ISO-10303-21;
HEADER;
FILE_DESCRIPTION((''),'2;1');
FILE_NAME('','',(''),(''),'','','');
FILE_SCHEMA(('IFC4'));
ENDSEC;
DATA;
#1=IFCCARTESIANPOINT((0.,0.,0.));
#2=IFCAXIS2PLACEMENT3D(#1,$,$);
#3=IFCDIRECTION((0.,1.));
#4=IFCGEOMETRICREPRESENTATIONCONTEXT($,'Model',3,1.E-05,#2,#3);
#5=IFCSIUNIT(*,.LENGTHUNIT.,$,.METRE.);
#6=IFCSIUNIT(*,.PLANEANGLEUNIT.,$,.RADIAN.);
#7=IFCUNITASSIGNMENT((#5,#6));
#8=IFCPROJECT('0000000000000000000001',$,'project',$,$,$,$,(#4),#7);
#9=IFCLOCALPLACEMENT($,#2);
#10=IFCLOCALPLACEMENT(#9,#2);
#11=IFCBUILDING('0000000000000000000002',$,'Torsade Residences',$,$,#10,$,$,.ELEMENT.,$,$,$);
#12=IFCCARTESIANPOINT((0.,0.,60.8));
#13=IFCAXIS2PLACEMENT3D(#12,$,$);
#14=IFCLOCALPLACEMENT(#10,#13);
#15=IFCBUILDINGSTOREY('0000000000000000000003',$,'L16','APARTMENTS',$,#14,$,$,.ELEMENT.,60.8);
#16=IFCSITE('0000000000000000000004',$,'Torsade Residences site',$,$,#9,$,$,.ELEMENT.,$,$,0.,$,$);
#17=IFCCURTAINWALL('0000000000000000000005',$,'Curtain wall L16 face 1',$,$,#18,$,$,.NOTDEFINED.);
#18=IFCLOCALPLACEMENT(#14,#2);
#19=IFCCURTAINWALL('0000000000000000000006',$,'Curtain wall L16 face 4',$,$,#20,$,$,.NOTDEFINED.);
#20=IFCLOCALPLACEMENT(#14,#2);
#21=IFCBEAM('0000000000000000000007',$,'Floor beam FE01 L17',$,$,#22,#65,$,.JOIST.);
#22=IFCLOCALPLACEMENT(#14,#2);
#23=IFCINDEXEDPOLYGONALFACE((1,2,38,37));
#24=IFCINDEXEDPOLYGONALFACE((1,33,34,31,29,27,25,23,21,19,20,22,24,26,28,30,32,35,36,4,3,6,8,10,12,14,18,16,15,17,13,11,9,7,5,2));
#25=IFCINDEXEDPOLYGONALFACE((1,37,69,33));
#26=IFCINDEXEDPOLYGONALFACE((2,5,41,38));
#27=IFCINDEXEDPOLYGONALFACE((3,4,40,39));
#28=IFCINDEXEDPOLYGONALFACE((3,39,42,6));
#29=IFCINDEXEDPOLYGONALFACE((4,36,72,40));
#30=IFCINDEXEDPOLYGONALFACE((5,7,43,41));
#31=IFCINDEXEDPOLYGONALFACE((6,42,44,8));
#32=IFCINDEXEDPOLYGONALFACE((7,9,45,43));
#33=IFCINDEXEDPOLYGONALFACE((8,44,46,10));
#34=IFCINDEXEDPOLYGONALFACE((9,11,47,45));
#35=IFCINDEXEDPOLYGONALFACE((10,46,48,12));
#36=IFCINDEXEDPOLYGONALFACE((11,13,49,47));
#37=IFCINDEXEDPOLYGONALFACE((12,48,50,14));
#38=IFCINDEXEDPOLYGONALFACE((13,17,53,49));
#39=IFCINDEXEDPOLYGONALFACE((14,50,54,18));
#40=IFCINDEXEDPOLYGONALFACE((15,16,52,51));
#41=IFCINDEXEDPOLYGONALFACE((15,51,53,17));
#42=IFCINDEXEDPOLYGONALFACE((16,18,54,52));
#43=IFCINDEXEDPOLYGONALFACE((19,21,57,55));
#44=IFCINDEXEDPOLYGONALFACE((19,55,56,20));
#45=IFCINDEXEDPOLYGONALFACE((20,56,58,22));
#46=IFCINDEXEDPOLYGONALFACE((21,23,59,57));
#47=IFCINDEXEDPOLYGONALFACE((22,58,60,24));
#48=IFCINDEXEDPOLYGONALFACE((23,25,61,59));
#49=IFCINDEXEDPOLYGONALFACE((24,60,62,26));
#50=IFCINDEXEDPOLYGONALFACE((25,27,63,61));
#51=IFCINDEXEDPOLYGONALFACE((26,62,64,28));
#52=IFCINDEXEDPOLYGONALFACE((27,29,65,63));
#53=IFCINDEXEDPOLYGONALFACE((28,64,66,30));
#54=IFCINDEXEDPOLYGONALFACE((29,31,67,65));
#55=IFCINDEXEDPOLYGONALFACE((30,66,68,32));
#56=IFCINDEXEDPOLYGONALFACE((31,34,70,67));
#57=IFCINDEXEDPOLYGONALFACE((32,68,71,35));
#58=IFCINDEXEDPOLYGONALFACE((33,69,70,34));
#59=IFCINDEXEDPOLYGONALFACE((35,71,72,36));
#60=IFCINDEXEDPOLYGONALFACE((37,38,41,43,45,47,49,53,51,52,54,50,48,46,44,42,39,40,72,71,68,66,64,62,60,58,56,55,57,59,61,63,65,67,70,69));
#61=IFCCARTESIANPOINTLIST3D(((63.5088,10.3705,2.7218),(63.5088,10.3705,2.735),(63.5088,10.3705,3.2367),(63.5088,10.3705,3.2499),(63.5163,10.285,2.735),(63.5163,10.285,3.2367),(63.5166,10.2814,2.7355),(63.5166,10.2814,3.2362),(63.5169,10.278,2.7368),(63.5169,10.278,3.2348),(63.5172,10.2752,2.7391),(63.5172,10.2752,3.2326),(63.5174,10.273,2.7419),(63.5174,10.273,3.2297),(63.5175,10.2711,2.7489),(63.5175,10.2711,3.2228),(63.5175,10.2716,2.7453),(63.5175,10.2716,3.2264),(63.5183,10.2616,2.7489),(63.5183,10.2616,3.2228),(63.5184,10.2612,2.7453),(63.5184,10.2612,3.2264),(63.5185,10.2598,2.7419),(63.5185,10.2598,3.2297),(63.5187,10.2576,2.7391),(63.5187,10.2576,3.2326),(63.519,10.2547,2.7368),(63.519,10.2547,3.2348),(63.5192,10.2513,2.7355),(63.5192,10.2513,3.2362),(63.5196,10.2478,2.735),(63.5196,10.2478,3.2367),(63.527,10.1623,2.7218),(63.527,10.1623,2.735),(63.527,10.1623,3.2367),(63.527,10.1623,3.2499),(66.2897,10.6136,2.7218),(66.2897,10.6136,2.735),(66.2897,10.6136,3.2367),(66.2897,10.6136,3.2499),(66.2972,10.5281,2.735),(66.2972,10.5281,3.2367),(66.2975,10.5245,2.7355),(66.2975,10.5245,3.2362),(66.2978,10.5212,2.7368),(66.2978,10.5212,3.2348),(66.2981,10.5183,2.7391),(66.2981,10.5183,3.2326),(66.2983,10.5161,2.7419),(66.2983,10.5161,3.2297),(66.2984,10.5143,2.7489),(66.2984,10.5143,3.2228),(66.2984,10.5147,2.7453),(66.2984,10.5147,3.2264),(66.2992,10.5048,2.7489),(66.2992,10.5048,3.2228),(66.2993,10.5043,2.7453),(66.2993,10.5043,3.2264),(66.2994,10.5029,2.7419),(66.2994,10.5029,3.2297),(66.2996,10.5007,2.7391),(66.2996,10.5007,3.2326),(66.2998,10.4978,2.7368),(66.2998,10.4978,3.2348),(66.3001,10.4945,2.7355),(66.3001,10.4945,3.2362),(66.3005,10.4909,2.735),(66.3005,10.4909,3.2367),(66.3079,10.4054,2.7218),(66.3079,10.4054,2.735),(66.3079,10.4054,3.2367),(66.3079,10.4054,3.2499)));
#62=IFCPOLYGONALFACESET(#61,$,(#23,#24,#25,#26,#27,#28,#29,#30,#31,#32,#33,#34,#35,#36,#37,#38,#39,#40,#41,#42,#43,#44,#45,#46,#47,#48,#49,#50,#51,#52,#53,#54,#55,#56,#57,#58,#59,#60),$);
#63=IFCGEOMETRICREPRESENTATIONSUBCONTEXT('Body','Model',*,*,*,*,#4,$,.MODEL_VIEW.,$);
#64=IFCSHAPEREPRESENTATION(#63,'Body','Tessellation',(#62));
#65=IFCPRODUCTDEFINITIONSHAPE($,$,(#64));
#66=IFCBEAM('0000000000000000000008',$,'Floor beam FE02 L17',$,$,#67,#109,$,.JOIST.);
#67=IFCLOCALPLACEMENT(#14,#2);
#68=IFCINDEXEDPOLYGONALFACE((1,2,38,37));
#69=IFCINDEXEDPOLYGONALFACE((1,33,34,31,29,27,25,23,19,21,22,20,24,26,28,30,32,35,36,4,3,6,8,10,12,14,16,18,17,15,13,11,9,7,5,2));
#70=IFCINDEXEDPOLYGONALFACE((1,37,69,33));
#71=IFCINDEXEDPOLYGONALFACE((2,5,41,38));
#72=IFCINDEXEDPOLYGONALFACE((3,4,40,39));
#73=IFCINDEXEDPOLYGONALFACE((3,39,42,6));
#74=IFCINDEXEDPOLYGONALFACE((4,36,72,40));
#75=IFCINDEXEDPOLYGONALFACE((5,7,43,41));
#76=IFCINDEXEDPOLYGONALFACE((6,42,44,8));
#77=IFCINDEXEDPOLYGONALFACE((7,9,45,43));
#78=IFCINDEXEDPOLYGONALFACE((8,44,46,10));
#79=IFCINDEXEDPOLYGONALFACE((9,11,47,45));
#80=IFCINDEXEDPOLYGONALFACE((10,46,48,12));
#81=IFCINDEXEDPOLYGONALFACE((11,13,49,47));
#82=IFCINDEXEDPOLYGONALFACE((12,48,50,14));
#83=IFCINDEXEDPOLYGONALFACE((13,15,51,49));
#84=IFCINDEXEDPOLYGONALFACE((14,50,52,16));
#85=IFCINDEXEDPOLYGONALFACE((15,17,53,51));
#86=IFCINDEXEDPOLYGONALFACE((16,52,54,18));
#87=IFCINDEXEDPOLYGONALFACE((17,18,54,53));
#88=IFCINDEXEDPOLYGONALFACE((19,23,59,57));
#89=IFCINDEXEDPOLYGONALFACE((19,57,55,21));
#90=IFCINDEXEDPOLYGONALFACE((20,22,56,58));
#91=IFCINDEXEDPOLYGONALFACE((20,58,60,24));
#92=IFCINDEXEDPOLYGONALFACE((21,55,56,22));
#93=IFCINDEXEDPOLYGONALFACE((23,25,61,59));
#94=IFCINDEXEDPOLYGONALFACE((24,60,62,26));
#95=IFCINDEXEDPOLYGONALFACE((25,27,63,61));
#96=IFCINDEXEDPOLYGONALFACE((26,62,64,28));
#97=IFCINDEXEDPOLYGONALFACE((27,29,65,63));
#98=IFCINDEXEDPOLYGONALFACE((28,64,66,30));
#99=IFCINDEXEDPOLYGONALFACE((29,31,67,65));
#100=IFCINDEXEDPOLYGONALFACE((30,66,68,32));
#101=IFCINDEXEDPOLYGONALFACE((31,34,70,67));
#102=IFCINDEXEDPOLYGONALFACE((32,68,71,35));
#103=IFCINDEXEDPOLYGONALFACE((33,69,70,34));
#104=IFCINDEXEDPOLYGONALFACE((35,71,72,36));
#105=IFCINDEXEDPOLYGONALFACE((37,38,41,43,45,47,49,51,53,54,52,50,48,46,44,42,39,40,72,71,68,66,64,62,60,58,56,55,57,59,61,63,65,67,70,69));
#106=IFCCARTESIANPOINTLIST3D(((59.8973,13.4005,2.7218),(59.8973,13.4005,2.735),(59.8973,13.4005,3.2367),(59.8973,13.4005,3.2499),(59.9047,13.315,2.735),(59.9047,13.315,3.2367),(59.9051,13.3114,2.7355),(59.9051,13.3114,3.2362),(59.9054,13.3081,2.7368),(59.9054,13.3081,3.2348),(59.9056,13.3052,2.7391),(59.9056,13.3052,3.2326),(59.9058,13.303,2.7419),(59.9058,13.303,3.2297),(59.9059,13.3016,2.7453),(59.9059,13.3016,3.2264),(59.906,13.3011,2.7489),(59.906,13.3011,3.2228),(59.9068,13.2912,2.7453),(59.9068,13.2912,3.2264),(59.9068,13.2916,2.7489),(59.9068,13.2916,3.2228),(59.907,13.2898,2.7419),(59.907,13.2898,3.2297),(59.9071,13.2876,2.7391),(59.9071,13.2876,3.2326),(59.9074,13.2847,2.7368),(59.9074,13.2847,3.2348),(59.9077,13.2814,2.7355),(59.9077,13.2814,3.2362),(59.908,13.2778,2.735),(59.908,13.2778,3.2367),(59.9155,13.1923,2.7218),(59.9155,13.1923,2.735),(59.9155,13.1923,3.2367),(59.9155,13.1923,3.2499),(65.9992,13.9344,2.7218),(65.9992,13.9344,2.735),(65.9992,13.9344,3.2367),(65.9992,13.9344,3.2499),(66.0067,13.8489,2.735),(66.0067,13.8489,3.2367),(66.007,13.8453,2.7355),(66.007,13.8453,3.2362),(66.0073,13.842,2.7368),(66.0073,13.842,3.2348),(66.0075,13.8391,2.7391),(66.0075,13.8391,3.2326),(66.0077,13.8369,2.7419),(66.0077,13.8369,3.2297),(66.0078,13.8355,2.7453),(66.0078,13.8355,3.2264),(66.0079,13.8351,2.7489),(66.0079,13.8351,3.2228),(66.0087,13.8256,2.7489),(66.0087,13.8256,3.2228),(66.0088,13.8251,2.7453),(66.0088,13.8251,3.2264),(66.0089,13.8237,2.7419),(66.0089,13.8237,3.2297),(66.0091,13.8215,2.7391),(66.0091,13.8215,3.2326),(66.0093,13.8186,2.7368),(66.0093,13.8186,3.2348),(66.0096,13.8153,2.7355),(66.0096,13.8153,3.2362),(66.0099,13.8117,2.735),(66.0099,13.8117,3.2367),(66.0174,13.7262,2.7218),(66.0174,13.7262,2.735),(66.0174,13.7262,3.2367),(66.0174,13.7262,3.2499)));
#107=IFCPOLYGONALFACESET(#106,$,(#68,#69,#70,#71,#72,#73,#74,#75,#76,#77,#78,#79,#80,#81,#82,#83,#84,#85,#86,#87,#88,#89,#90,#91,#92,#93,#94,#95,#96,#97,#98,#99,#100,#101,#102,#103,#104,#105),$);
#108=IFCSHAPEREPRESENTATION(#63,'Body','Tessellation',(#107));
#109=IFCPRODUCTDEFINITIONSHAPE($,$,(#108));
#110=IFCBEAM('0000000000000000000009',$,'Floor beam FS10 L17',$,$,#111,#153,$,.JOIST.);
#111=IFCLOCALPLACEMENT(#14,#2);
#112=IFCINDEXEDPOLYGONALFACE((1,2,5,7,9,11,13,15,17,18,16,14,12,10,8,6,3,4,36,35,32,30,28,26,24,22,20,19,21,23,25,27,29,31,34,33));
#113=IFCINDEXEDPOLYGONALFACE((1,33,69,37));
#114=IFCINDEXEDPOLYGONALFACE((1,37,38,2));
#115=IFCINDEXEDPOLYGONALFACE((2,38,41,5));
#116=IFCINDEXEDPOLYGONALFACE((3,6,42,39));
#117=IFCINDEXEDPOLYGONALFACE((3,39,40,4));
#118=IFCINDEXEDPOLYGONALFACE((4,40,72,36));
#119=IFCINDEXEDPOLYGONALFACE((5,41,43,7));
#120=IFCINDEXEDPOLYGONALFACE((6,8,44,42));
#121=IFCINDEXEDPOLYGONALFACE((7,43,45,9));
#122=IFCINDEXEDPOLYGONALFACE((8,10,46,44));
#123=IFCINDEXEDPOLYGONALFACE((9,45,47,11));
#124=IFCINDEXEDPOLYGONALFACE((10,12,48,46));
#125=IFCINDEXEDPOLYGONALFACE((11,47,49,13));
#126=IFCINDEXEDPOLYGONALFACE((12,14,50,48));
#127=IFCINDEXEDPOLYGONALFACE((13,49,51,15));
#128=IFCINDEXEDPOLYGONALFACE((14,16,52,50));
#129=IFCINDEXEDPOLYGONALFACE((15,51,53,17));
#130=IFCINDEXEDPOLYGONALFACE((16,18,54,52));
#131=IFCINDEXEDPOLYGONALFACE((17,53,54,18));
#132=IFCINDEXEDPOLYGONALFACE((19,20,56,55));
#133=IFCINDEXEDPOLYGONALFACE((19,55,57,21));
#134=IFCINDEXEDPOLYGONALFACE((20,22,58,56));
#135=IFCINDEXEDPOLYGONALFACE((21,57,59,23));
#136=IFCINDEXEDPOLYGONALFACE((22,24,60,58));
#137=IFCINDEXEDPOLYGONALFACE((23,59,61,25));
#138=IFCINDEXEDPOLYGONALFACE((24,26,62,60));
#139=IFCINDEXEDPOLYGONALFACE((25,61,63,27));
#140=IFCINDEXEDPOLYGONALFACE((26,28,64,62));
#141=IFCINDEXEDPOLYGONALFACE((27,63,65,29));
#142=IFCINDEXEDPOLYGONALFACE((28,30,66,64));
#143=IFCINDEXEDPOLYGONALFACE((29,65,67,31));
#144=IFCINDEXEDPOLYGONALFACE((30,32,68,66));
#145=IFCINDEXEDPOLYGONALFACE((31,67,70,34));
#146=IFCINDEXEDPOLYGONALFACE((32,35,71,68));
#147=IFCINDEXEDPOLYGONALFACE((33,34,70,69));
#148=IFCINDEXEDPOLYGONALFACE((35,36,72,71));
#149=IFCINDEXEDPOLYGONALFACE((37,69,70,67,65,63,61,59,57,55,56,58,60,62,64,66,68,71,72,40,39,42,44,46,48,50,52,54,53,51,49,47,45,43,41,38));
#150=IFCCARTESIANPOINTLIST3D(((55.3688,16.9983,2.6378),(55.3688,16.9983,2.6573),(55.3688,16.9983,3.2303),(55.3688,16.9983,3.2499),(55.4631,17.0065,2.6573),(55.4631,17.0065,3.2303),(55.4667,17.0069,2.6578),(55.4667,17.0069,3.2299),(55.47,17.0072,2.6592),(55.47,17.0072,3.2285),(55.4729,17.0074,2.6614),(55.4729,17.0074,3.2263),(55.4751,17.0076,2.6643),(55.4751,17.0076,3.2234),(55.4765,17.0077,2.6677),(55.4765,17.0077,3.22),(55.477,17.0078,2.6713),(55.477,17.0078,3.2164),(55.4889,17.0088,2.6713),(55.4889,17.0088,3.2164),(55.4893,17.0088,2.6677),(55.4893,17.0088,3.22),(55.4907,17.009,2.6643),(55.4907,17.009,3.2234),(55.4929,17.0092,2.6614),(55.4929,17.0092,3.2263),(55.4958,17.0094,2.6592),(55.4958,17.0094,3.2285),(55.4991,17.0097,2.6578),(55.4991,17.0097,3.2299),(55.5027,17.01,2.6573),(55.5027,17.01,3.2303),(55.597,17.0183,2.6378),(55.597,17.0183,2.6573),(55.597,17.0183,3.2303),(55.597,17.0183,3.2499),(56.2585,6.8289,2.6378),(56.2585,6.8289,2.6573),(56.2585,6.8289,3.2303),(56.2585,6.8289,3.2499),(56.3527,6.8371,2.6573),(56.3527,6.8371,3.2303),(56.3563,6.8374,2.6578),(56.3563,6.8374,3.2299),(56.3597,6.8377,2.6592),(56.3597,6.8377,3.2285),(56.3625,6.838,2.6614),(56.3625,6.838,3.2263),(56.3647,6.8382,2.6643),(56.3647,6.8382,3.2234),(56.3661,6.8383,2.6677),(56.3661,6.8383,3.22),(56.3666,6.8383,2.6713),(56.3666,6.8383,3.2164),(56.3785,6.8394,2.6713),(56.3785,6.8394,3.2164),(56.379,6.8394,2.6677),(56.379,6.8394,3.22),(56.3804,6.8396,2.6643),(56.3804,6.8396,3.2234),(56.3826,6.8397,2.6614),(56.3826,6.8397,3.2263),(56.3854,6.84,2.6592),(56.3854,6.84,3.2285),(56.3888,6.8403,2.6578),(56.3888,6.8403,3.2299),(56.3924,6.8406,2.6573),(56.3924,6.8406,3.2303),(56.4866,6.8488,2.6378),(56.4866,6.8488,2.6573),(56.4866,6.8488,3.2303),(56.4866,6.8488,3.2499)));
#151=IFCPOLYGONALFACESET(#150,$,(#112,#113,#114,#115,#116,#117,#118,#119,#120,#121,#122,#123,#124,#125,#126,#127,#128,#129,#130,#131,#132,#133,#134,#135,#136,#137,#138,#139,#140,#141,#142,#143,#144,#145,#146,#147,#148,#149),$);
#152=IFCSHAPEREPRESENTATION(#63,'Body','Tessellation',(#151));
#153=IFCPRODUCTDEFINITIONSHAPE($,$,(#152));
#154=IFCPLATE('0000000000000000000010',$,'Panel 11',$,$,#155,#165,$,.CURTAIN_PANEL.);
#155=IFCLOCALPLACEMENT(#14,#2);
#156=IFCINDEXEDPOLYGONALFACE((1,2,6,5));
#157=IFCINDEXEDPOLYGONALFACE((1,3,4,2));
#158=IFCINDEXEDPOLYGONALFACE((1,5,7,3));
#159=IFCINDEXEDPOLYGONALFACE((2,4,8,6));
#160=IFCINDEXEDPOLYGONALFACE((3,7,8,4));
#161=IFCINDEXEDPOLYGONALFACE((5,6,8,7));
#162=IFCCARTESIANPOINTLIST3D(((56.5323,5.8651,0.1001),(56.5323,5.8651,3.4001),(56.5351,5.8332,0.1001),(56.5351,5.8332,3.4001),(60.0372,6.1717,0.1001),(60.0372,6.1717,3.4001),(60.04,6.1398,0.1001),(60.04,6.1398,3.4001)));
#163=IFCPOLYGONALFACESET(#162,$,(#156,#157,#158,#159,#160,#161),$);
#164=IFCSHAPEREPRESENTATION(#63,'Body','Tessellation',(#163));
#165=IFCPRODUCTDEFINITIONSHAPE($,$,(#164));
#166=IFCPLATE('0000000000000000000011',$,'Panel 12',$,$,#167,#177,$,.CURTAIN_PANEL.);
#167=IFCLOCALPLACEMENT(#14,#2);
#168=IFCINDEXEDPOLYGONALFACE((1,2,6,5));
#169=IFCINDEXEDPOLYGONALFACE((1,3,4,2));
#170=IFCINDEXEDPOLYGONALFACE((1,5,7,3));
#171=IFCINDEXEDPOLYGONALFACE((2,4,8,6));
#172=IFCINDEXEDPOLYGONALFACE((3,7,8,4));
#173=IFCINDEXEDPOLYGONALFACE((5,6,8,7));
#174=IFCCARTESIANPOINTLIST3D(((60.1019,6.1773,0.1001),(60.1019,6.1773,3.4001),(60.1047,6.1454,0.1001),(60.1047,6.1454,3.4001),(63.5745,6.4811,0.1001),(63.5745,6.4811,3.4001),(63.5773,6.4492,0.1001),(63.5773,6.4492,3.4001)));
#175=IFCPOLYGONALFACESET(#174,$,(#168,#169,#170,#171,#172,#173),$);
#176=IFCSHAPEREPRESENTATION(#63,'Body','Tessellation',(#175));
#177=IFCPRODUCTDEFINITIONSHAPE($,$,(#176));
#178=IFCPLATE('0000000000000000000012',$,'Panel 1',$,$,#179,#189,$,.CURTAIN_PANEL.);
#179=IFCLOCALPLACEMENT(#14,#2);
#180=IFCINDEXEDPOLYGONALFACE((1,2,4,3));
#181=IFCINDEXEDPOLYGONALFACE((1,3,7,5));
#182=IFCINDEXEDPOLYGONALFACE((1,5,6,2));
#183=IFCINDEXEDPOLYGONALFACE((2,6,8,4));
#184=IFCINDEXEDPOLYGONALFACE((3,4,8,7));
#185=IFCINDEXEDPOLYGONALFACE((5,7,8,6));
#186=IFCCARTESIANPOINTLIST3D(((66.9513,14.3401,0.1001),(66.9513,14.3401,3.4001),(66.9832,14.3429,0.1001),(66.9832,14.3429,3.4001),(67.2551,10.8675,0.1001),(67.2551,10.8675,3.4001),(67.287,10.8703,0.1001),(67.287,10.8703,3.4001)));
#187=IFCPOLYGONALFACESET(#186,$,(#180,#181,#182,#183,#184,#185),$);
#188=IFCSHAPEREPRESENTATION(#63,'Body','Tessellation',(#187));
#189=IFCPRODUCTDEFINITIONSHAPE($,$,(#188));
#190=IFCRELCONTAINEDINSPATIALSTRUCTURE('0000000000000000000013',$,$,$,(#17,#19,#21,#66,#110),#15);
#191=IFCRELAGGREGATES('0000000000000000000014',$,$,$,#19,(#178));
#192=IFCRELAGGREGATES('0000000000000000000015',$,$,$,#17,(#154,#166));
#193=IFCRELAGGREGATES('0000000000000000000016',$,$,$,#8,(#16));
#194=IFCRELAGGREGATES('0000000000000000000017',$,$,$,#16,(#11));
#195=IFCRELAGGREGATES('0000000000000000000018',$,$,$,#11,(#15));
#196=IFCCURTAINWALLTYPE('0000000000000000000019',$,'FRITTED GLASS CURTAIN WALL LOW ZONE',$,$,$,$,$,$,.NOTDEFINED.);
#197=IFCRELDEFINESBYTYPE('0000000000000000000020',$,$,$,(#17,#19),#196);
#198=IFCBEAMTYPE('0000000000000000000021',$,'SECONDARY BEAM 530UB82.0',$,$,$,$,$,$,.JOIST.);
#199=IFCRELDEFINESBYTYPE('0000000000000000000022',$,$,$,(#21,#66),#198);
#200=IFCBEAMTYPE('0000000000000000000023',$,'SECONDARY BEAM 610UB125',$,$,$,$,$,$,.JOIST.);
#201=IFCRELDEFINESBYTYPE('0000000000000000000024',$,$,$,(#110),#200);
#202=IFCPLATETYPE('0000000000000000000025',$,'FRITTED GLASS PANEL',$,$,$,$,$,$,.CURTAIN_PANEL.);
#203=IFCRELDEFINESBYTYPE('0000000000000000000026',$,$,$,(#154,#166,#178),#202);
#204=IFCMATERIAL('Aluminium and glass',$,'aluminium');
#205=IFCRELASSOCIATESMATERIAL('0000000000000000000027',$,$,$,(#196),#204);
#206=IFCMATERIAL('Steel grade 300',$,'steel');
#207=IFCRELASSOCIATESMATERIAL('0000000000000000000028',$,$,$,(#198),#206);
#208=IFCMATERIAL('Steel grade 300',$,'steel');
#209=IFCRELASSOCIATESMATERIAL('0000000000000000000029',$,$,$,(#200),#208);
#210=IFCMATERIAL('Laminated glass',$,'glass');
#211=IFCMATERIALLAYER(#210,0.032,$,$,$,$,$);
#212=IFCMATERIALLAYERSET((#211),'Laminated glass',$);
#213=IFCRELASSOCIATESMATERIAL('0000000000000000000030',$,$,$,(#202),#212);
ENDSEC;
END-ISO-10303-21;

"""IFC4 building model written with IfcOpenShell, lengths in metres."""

from ifc_helpers import new_model, si_unit, direction, frame, origin, origin_2d, place, context, subcontext, project, spatial, rectangle, i_section, extrude, material, layer, layer_set, material_profile, profile_set, type_object, element, aggregate, save


model = new_model("IFC4")

# Units and contexts
model_context = context("Model", 3, precision=1e-05, world=origin(), true_north=direction((0.0, 1.0)))
body_context = subcontext(model_context, "Body", "Model", "MODEL_VIEW")
ifc_project = project(units=[si_unit("LENGTHUNIT", "METRE"), si_unit("PLANEANGLEUNIT", "RADIAN")], contexts=[model_context])

# Site, building, storey
site_placement = place(None, origin())
site = spatial("IfcSite", under=ifc_project, at=site_placement, Name="Torsade Residences site", CompositionType="ELEMENT", RefElevation=0.0)
building_placement = place(site_placement, origin())
building = spatial("IfcBuilding", under=site, at=building_placement, Name="Torsade Residences", CompositionType="ELEMENT")
storey_placement = place(building_placement, frame((0.0, 0.0, 60.8)))
storey = spatial("IfcBuildingStorey", under=building, at=storey_placement, Name="L16", Description="APARTMENTS", CompositionType="ELEMENT", Elevation=60.8)

# Curtain wall
ifc_material_1 = material(Name="Aluminium and glass", Category="aluminium")
curtain_wall_type = type_object("IfcCurtainWallType", Name="FRITTED GLASS CURTAIN WALL LOW ZONE", PredefinedType="NOTDEFINED", material=ifc_material_1)
curtain_wall_1_placement = place(storey_placement, origin())
curtain_wall_1 = element("IfcCurtainWall", 1, at=curtain_wall_1_placement, inside=storey, type_object=curtain_wall_type, Name="Curtain wall L16 face 1", PredefinedType="NOTDEFINED")

# Curtain wall
curtain_wall_2_placement = place(storey_placement, origin())
curtain_wall_2 = element("IfcCurtainWall", 2, at=curtain_wall_2_placement, inside=storey, type_object=curtain_wall_type, Name="Curtain wall L16 face 4", PredefinedType="NOTDEFINED")

# Beams
ifc_material_2 = material(Name="Steel grade 300", Category="steel")
ifc_material_profile_1 = material_profile(ifc_material_2, i_section(OverallWidth=0.209, OverallDepth=0.5281, WebThickness=0.0095, FlangeThickness=0.0132, FilletRadius=0.0139, at=origin_2d()), Name="530UB82.0")
ifc_profile_set_1 = profile_set([ifc_material_profile_1], Name="Steel grade 300")
beam_type_1 = type_object("IfcBeamType", Name="SECONDARY BEAM 530UB82.0", PredefinedType="JOIST", material=ifc_profile_set_1)
for number, where, z_axis, x_axis, name in (
    (3, (66.2988, 10.5095, 2.9858), (-0.996199, -0.087105, 0.0), (0.087105, -0.996199, 0.0), "Floor beam FE01 L17"),
):
    element("IfcBeam", number, at=place(storey_placement, frame(where, z_axis=z_axis, x_axis=x_axis)), inside=storey, type_object=beam_type_1, Name=name, PredefinedType="JOIST", context=body_context, shape_type="SweptSolid", body=[
        extrude(i_section(OverallWidth=0.209, OverallDepth=0.5281, WebThickness=0.0095, FlangeThickness=0.0132, FilletRadius=0.0139, at=origin_2d()), origin(), (0.0, 0.0, 1.0), 2.7915),
    ])
beam_1_placement = place(storey_placement, frame((66.0083, 13.8303, 2.9858), z_axis=(-0.996193, -0.087171, 0.0), x_axis=(0.087171, -0.996193, 0.0)))
element("IfcBeam", 4, at=beam_1_placement, inside=storey, type_object=beam_type_1, Name="Floor beam FE02 L17", PredefinedType="JOIST", context=body_context, shape_type="SweptSolid", body=[
    extrude(i_section(OverallWidth=0.209, OverallDepth=0.5281, WebThickness=0.0095, FlangeThickness=0.0132, FilletRadius=0.0139, at=origin_2d()), origin(), (0.0, 0.0, 1.0), 6.1252),
])
ifc_material_3 = material(Name="Steel grade 300", Category="steel")
ifc_material_profile_2 = material_profile(ifc_material_3, i_section(OverallWidth=0.229, OverallDepth=0.6121, WebThickness=0.012, FlangeThickness=0.0195, FilletRadius=0.0139, at=origin_2d()), Name="610UB125")
ifc_profile_set_2 = profile_set([ifc_material_profile_2], Name="Steel grade 300")
beam_type_2 = type_object("IfcBeamType", Name="SECONDARY BEAM 610UB125", PredefinedType="JOIST", material=ifc_profile_set_2)
beam_2_placement = place(storey_placement, frame((56.3726, 6.8389, 2.9438), z_axis=(-0.08715, 0.996195, 0.0), x_axis=(-0.996195, -0.08715, 0.0)))
element("IfcBeam", 5, at=beam_2_placement, inside=storey, type_object=beam_type_2, Name="Floor beam FS10 L17", PredefinedType="JOIST", context=body_context, shape_type="SweptSolid", body=[
    extrude(i_section(OverallWidth=0.229, OverallDepth=0.6121, WebThickness=0.012, FlangeThickness=0.0195, FilletRadius=0.0139, at=origin_2d()), origin(), (0.0, 0.0, 1.0), 10.2083),
])

# Plates
ifc_material_4 = material(Name="Laminated glass", Category="glass")
ifc_layer_1 = layer(ifc_material_4, 0.032)
ifc_layer_set_1 = layer_set([ifc_layer_1], Name="Laminated glass")
plate_type_1 = type_object("IfcPlateType", Name="FRITTED GLASS PANEL", PredefinedType="CURTAIN_PANEL", material=ifc_layer_set_1)
plate_1_placement = place(storey_placement, frame((58.2861, 6.0024, 0.1001), z_axis=(0.0, 0.0, 1.0), x_axis=(0.996195, 0.087156, 0.0)))
plate_1 = element("IfcPlate", 6, at=plate_1_placement, type_object=plate_type_1, Name="Panel 11", PredefinedType="CURTAIN_PANEL", context=body_context, shape_type="SweptSolid", body=[
    extrude(rectangle(XDim=3.5183, YDim=0.032, at=origin_2d()), origin(), (0.0, 0.0, 1.0), 3.3),
])
plate_2_placement = place(storey_placement, frame((61.8396, 6.3132, 0.1001), z_axis=(0.0, 0.0, 1.0), x_axis=(0.996195, 0.087156, 0.0)))
plate_2 = element("IfcPlate", 7, at=plate_2_placement, type_object=plate_type_1, Name="Panel 12", PredefinedType="CURTAIN_PANEL", context=body_context, shape_type="SweptSolid", body=[
    extrude(rectangle(XDim=3.4858, YDim=0.032, at=origin_2d()), origin(), (0.0, 0.0, 1.0), 3.3),
])
plate_3_placement = place(storey_placement, frame((67.1191, 12.6052, 0.1001), z_axis=(0.0, 0.0, 1.0), x_axis=(-0.087156, 0.996195, 0.0)))
plate_3 = element("IfcPlate", 8, at=plate_3_placement, type_object=plate_type_1, Name="Panel 1", PredefinedType="CURTAIN_PANEL", context=body_context, shape_type="SweptSolid", body=[
    extrude(rectangle(XDim=3.4858, YDim=0.032, at=origin_2d()), origin(), (0.0, 0.0, 1.0), 3.3),
])
aggregate(curtain_wall_2, [plate_3])
aggregate(curtain_wall_1, [plate_1, plate_2])

save(model, "model.ifc")
